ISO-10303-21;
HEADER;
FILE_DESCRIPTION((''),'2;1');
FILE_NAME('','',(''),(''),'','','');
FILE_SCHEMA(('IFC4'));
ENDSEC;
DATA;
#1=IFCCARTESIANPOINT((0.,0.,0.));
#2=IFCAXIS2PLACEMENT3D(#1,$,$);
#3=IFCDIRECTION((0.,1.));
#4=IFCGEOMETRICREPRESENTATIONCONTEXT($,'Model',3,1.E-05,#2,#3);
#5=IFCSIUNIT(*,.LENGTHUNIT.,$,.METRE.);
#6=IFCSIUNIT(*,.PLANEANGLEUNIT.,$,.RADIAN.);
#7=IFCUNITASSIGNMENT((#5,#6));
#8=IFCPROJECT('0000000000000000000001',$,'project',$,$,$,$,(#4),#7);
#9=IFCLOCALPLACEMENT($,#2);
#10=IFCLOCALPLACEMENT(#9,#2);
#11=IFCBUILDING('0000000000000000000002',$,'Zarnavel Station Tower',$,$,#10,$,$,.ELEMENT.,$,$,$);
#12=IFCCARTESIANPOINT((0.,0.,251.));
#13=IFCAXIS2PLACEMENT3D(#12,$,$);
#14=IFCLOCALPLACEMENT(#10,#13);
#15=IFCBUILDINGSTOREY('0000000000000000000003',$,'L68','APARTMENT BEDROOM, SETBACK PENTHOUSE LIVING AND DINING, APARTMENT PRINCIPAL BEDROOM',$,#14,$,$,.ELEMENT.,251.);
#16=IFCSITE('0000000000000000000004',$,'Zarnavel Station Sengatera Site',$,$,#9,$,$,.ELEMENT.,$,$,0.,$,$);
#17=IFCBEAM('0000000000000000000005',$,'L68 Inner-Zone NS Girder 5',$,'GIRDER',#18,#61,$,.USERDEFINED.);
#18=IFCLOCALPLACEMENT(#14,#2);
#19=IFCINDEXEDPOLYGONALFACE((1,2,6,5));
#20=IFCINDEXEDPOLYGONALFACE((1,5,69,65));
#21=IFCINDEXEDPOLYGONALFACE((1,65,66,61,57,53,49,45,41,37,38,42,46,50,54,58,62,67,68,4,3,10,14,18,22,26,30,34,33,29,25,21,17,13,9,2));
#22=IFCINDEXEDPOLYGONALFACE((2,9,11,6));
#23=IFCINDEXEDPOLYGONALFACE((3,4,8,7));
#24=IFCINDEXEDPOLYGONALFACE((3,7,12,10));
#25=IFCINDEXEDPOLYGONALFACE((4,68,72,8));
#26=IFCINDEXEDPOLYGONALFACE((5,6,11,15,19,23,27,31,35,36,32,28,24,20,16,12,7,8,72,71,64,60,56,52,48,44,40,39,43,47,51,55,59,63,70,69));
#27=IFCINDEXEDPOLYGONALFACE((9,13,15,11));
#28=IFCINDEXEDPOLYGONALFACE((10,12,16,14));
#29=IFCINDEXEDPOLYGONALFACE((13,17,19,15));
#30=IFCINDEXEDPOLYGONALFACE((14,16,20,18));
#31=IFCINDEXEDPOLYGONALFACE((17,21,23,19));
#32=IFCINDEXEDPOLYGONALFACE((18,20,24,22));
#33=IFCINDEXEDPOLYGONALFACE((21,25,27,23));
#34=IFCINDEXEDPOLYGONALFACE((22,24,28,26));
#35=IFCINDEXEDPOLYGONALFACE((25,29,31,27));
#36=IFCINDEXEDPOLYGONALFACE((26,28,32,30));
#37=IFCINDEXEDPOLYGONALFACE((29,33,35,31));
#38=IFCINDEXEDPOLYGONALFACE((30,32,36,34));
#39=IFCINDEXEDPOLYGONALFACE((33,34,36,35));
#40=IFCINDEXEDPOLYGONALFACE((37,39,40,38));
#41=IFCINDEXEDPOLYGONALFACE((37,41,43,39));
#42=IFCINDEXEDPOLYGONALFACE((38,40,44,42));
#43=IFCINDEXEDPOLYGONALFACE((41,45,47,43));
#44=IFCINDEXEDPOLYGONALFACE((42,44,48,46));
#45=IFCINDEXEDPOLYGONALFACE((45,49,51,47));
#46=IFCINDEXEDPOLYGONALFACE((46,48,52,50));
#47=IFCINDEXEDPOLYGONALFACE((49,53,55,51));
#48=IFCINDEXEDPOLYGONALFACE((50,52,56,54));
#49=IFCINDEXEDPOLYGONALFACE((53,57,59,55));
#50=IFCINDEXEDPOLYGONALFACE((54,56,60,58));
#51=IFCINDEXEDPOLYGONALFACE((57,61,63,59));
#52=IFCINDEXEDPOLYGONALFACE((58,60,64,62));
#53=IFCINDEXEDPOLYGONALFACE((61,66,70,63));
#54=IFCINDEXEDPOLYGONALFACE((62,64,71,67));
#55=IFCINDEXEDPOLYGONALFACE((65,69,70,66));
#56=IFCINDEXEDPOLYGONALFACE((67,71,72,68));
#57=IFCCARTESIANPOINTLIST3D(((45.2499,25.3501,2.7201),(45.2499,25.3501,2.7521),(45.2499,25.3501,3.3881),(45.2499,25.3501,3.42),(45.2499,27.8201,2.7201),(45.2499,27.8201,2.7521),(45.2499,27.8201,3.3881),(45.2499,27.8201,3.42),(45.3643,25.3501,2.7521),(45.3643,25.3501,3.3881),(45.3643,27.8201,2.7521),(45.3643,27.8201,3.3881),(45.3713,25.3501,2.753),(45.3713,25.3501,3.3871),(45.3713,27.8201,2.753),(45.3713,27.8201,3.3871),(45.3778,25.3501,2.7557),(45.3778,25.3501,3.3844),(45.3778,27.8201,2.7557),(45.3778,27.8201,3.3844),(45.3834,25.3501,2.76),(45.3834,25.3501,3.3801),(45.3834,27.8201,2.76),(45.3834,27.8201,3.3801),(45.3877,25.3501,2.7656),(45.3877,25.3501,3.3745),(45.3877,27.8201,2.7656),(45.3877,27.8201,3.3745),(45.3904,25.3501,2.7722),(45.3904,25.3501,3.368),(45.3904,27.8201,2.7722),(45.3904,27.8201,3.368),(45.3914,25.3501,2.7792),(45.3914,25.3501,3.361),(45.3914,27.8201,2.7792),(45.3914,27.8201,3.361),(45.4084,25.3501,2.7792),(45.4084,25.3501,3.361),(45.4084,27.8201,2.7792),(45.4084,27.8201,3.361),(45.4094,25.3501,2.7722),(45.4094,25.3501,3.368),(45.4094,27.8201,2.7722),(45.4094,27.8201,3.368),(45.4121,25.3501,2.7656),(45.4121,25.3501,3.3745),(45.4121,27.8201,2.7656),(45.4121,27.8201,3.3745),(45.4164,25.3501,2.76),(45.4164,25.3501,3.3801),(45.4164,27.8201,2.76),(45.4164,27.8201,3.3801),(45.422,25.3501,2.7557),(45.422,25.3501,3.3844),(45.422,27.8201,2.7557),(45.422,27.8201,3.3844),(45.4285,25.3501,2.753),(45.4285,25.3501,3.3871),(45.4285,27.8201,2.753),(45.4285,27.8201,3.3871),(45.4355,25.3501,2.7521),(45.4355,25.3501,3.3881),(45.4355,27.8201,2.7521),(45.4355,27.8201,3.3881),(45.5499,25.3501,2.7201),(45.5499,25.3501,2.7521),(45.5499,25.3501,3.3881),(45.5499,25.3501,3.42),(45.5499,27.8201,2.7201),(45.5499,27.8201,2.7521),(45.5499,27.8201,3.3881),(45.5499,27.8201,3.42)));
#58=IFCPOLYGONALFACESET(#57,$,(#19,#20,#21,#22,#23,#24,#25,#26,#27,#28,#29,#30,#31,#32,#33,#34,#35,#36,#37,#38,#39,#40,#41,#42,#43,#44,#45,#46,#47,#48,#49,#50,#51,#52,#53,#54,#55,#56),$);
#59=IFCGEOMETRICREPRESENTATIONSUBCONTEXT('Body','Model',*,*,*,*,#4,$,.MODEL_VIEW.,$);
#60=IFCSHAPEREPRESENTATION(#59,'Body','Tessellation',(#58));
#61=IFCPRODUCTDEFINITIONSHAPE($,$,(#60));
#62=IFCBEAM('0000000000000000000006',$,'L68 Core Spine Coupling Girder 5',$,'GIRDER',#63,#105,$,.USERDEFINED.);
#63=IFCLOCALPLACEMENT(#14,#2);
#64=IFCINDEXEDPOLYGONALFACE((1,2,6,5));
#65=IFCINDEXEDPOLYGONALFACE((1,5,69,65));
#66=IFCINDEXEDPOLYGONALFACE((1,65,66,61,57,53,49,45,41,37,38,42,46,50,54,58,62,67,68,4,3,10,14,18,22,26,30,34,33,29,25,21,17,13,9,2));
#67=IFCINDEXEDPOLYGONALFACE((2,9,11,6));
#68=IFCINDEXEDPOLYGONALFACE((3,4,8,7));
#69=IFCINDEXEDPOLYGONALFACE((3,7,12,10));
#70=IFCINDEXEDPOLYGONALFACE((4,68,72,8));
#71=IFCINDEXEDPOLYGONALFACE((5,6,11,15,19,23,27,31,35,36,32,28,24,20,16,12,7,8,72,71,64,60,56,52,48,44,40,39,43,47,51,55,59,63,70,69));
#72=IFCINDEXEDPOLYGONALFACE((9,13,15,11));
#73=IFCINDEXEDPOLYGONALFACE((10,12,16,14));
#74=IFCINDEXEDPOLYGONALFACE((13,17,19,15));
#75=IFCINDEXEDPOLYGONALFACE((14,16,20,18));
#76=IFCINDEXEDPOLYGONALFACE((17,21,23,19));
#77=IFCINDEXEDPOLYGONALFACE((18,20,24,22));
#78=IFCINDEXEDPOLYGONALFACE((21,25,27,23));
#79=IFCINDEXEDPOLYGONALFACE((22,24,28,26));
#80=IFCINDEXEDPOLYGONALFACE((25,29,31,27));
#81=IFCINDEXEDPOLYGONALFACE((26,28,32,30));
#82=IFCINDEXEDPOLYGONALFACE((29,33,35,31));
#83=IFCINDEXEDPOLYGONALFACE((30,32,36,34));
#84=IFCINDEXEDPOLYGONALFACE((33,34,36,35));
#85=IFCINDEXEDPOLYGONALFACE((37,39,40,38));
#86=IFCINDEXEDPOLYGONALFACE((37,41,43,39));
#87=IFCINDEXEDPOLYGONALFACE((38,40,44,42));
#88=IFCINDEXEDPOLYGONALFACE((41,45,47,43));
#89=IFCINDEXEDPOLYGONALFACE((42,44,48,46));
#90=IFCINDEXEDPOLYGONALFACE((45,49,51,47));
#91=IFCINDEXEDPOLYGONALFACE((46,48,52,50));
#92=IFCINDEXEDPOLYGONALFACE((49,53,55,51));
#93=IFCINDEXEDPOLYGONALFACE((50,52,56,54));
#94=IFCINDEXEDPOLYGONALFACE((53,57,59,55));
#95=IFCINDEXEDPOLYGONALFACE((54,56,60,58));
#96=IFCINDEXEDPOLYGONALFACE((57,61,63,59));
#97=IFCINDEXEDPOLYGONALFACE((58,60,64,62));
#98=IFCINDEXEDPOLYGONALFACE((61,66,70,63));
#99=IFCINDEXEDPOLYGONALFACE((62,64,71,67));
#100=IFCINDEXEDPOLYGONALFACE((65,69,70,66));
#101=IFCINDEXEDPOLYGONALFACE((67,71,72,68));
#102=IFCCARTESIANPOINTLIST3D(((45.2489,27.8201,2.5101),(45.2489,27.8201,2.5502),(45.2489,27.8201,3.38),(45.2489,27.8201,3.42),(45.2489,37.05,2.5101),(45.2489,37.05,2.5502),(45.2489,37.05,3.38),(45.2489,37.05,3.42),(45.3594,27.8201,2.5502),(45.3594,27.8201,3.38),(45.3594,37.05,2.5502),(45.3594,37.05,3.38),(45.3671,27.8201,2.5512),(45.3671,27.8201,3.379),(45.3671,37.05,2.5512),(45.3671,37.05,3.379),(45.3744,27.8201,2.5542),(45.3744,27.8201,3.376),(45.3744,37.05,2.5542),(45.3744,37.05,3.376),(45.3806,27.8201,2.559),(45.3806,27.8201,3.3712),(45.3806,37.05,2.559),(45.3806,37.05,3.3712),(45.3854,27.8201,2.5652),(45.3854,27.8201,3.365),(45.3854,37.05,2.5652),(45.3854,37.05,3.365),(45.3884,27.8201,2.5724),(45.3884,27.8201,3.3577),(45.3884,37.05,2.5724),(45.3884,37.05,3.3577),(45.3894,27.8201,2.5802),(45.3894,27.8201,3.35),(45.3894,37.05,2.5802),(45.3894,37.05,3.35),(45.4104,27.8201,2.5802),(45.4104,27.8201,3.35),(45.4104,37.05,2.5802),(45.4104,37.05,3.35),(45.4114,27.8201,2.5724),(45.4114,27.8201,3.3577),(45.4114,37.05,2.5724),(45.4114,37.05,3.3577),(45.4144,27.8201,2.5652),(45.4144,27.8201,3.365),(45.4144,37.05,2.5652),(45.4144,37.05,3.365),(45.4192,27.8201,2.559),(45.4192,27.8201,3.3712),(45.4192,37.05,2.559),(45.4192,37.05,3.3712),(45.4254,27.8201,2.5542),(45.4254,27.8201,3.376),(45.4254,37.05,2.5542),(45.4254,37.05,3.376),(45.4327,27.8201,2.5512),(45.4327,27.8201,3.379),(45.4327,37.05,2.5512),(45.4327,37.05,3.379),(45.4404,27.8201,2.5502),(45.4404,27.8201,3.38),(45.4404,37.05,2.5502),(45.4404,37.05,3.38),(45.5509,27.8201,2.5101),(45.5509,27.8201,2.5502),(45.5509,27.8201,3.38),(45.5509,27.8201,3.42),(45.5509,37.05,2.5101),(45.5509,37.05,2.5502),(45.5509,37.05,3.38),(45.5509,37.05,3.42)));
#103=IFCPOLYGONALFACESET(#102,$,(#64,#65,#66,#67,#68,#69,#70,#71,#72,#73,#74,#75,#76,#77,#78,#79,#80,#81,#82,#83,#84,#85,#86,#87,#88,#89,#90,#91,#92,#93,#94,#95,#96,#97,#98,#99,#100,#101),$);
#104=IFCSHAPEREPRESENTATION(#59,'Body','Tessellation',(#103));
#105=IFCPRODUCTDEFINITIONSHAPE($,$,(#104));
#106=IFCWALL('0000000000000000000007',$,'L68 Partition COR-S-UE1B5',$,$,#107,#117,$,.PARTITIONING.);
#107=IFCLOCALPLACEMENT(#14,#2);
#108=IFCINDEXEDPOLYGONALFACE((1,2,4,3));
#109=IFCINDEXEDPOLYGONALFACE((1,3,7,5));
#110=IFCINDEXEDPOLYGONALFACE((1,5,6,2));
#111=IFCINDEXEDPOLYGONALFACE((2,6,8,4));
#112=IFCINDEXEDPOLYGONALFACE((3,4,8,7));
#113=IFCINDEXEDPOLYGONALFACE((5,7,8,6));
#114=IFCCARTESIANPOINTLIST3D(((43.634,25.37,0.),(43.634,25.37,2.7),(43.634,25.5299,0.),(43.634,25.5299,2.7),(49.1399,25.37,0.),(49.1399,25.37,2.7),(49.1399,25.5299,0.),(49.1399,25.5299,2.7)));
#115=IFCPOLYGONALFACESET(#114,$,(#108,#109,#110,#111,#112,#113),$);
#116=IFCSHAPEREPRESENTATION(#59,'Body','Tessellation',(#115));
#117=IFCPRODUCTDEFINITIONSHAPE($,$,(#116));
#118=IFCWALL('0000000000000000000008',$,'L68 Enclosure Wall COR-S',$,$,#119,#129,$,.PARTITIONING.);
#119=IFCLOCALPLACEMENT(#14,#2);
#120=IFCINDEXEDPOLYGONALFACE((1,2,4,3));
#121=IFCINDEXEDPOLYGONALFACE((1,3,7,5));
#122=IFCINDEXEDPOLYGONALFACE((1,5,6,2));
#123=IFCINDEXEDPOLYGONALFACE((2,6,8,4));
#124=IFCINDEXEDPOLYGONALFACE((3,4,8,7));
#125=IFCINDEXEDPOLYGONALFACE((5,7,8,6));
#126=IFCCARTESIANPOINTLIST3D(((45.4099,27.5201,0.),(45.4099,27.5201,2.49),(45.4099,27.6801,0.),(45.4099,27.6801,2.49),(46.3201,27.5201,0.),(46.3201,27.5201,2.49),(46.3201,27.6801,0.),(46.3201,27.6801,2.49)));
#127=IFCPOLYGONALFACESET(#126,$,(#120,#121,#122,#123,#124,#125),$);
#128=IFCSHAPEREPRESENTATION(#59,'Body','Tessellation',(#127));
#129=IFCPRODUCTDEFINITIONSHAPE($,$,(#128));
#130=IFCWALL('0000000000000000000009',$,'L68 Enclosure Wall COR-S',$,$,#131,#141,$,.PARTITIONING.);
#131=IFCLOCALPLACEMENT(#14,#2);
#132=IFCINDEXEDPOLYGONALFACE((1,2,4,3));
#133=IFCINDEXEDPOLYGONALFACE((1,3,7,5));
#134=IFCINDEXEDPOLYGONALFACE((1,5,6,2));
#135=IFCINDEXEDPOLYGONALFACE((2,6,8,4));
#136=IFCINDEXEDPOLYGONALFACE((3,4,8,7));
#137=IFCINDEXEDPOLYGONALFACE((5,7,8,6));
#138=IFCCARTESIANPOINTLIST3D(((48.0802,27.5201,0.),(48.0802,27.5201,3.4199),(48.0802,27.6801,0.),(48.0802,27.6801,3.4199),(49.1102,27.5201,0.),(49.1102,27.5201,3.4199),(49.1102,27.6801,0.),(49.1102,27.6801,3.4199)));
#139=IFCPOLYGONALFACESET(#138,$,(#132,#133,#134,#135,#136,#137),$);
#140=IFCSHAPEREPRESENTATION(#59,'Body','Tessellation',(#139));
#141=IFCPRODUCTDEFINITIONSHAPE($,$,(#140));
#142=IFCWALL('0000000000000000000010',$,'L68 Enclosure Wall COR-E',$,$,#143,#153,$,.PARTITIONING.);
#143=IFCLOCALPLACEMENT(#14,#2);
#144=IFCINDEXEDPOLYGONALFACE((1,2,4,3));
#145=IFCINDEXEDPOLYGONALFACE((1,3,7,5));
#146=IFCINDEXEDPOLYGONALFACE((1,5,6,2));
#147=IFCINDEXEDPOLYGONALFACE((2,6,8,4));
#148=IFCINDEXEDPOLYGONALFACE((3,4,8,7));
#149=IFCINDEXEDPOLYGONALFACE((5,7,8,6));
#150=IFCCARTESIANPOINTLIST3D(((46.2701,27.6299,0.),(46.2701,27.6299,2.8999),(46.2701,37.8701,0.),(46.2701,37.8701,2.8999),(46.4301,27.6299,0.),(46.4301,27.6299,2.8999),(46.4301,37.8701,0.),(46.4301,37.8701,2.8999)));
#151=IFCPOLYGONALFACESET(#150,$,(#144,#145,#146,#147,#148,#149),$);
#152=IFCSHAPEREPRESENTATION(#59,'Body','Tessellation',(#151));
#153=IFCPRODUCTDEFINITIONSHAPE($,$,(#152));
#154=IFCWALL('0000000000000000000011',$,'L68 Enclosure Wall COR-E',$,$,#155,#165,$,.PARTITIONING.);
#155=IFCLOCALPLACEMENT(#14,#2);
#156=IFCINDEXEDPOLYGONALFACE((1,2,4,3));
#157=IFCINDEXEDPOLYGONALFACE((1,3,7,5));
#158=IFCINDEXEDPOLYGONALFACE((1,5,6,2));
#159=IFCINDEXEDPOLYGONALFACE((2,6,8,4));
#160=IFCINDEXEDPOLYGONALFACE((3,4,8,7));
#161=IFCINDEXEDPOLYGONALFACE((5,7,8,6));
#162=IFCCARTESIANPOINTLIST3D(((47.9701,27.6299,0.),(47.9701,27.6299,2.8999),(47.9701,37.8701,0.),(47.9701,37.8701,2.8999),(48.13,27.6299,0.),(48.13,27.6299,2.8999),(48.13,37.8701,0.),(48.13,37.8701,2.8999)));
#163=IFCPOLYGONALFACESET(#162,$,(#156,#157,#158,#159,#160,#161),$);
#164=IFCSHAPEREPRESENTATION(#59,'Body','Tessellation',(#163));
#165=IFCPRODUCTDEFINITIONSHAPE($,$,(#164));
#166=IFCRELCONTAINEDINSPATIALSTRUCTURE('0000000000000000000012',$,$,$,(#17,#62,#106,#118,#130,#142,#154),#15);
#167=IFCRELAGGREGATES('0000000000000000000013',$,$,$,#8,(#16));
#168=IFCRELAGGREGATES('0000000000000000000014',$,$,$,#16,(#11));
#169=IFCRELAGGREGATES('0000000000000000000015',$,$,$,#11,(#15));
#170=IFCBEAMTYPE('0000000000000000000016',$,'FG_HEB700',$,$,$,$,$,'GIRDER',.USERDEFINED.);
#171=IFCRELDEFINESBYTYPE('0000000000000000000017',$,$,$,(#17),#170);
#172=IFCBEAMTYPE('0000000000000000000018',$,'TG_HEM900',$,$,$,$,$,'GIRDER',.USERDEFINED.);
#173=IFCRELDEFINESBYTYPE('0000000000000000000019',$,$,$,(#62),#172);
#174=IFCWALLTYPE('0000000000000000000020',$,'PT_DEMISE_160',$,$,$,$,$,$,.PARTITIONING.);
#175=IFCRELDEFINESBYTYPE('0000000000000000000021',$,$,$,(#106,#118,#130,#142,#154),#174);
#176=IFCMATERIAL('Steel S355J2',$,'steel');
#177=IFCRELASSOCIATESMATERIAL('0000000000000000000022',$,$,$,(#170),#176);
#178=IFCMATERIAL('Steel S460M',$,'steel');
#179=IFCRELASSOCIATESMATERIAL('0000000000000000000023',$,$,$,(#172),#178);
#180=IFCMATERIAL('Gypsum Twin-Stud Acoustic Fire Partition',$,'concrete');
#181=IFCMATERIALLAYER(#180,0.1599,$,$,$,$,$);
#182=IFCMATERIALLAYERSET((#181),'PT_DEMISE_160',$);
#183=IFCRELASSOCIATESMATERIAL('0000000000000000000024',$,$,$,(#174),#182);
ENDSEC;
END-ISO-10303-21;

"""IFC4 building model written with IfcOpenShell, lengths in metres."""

from ifc_helpers import new_model, si_unit, direction, frame, frame_2d, origin, origin_2d, place, context, subcontext, project, spatial, rectangle, i_section, extrude, material, layer, layer_set, material_profile, profile_set, type_object, element, save


model = new_model("IFC4")

# Units and contexts
model_context = context("Model", 3, precision=1e-05, world=origin(), true_north=direction((0.0, 1.0)))
body_context = subcontext(model_context, "Body", "Model", "MODEL_VIEW")
ifc_project = project(units=[si_unit("LENGTHUNIT", "METRE"), si_unit("PLANEANGLEUNIT", "RADIAN")], contexts=[model_context])

# Site, building, storey
site_placement = place(None, origin())
site = spatial("IfcSite", under=ifc_project, at=site_placement, Name="Zarnavel Station Sengatera Site", CompositionType="ELEMENT", RefElevation=0.0)
building_placement = place(site_placement, origin())
building = spatial("IfcBuilding", under=site, at=building_placement, Name="Zarnavel Station Tower", CompositionType="ELEMENT")
storey_placement = place(building_placement, frame((0.0, 0.0, 251.0)))
storey = spatial("IfcBuildingStorey", under=building, at=storey_placement, Name="L68", Description="APARTMENT BEDROOM, SETBACK PENTHOUSE LIVING AND DINING, APARTMENT PRINCIPAL BEDROOM", CompositionType="ELEMENT", Elevation=251.0)

# Beams
ifc_material_1 = material(Name="Steel S355J2", Category="steel")
ifc_material_profile_1 = material_profile(ifc_material_1, i_section(OverallWidth=0.3, OverallDepth=0.7, WebThickness=0.0171, FlangeThickness=0.032, FilletRadius=0.0271, at=origin_2d()), Name="HEB700")
ifc_profile_set_1 = profile_set([ifc_material_profile_1], Name="Steel S355J2")
beam_type_1 = type_object("IfcBeamType", Name="FG_HEB700", ElementType="GIRDER", PredefinedType="USERDEFINED", material=ifc_profile_set_1)
beam_1_placement = place(storey_placement, frame((45.3999, 25.3501, 3.0701), z_axis=(0.0, 1.0, 0.0), x_axis=(-1.0, 0.0, 0.0)))
element("IfcBeam", 1, at=beam_1_placement, inside=storey, type_object=beam_type_1, Name="L68 Inner-Zone NS Girder 5", ObjectType="GIRDER", PredefinedType="USERDEFINED", context=body_context, shape_type="SweptSolid", body=[
    extrude(i_section(OverallWidth=0.3, OverallDepth=0.7, WebThickness=0.0171, FlangeThickness=0.032, FilletRadius=0.0271, at=origin_2d()), origin(), (0.0, 0.0, 1.0), 2.47),
])
ifc_material_2 = material(Name="Steel S460M", Category="steel")
ifc_material_profile_2 = material_profile(ifc_material_2, i_section(OverallWidth=0.302, OverallDepth=0.9099, WebThickness=0.021, FlangeThickness=0.04, FilletRadius=0.03, at=origin_2d()), Name="HEM900")
ifc_profile_set_2 = profile_set([ifc_material_profile_2], Name="Steel S460M")
beam_type_2 = type_object("IfcBeamType", Name="TG_HEM900", ElementType="GIRDER", PredefinedType="USERDEFINED", material=ifc_profile_set_2)
beam_2_placement = place(storey_placement, frame((45.3999, 27.8201, 2.9651), z_axis=(0.0, 1.0, 0.0), x_axis=(-1.0, 0.0, 0.0)))
element("IfcBeam", 2, at=beam_2_placement, inside=storey, type_object=beam_type_2, Name="L68 Core Spine Coupling Girder 5", ObjectType="GIRDER", PredefinedType="USERDEFINED", context=body_context, shape_type="SweptSolid", body=[
    extrude(i_section(OverallWidth=0.302, OverallDepth=0.9099, WebThickness=0.021, FlangeThickness=0.04, FilletRadius=0.03, at=origin_2d()), origin(), (0.0, 0.0, 1.0), 9.23),
])

# Shared definitions
ifc_material_3 = material(Name="Gypsum Twin-Stud Acoustic Fire Partition", Category="concrete")
ifc_layer_1 = layer(ifc_material_3, 0.1599)
ifc_layer_set_1 = layer_set([ifc_layer_1], Name="PT_DEMISE_160")
wall_type_1 = type_object("IfcWallType", Name="PT_DEMISE_160", PredefinedType="PARTITIONING", material=ifc_layer_set_1)

# Walls
wall_1_placement = place(storey_placement, frame((43.634, 25.45, 0.0), z_axis=(0.0, 0.0, 1.0), x_axis=(1.0, 0.0, 0.0)))
element("IfcWall", 3, at=wall_1_placement, inside=storey, type_object=wall_type_1, Name="L68 Partition COR-S-UE1B5", PredefinedType="PARTITIONING", context=body_context, shape_type="SweptSolid", body=[
    extrude(rectangle(XDim=5.5059, YDim=0.1599, at=frame_2d((2.7529, 0.0))), origin(), (0.0, 0.0, 1.0), 2.7),
])
wall_2_placement = place(storey_placement, frame((45.4099, 27.6001, 0.0), z_axis=(0.0, 0.0, 1.0), x_axis=(1.0, 0.0, 0.0)))
element("IfcWall", 4, at=wall_2_placement, inside=storey, type_object=wall_type_1, Name="L68 Enclosure Wall COR-S", PredefinedType="PARTITIONING", context=body_context, shape_type="SweptSolid", body=[
    extrude(rectangle(XDim=0.9102, YDim=0.1599, at=frame_2d((0.4551, 0.0))), origin(), (0.0, 0.0, 1.0), 2.49),
])
wall_3_placement = place(storey_placement, frame((48.0801, 27.6001, 0.0), z_axis=(0.0, 0.0, 1.0), x_axis=(1.0, 0.0, 0.0)))
element("IfcWall", 5, at=wall_3_placement, inside=storey, type_object=wall_type_1, Name="L68 Enclosure Wall COR-S", PredefinedType="PARTITIONING", context=body_context, shape_type="SweptSolid", body=[
    extrude(rectangle(XDim=1.03, YDim=0.1599, at=frame_2d((0.5151, 0.0))), origin(), (0.0, 0.0, 1.0), 3.4199),
])
for number, where, z_axis, x_axis, name in (
    (6, (46.3501, 27.6299, 0.0), (0.0, 0.0, 1.0), (0.0, 1.0, 0.0), "L68 Enclosure Wall COR-E"),
    (7, (48.05, 27.6299, 0.0), (0.0, 0.0, 1.0), (0.0, 1.0, 0.0), "L68 Enclosure Wall COR-E"),
):
    element("IfcWall", number, at=place(storey_placement, frame(where, z_axis=z_axis, x_axis=x_axis)), inside=storey, type_object=wall_type_1, Name=name, PredefinedType="PARTITIONING", context=body_context, shape_type="SweptSolid", body=[
        extrude(rectangle(XDim=10.2402, YDim=0.1599, at=frame_2d((5.1201, 0.0))), origin(), (0.0, 0.0, 1.0), 2.8999),
    ])

save(model, "model.ifc")
